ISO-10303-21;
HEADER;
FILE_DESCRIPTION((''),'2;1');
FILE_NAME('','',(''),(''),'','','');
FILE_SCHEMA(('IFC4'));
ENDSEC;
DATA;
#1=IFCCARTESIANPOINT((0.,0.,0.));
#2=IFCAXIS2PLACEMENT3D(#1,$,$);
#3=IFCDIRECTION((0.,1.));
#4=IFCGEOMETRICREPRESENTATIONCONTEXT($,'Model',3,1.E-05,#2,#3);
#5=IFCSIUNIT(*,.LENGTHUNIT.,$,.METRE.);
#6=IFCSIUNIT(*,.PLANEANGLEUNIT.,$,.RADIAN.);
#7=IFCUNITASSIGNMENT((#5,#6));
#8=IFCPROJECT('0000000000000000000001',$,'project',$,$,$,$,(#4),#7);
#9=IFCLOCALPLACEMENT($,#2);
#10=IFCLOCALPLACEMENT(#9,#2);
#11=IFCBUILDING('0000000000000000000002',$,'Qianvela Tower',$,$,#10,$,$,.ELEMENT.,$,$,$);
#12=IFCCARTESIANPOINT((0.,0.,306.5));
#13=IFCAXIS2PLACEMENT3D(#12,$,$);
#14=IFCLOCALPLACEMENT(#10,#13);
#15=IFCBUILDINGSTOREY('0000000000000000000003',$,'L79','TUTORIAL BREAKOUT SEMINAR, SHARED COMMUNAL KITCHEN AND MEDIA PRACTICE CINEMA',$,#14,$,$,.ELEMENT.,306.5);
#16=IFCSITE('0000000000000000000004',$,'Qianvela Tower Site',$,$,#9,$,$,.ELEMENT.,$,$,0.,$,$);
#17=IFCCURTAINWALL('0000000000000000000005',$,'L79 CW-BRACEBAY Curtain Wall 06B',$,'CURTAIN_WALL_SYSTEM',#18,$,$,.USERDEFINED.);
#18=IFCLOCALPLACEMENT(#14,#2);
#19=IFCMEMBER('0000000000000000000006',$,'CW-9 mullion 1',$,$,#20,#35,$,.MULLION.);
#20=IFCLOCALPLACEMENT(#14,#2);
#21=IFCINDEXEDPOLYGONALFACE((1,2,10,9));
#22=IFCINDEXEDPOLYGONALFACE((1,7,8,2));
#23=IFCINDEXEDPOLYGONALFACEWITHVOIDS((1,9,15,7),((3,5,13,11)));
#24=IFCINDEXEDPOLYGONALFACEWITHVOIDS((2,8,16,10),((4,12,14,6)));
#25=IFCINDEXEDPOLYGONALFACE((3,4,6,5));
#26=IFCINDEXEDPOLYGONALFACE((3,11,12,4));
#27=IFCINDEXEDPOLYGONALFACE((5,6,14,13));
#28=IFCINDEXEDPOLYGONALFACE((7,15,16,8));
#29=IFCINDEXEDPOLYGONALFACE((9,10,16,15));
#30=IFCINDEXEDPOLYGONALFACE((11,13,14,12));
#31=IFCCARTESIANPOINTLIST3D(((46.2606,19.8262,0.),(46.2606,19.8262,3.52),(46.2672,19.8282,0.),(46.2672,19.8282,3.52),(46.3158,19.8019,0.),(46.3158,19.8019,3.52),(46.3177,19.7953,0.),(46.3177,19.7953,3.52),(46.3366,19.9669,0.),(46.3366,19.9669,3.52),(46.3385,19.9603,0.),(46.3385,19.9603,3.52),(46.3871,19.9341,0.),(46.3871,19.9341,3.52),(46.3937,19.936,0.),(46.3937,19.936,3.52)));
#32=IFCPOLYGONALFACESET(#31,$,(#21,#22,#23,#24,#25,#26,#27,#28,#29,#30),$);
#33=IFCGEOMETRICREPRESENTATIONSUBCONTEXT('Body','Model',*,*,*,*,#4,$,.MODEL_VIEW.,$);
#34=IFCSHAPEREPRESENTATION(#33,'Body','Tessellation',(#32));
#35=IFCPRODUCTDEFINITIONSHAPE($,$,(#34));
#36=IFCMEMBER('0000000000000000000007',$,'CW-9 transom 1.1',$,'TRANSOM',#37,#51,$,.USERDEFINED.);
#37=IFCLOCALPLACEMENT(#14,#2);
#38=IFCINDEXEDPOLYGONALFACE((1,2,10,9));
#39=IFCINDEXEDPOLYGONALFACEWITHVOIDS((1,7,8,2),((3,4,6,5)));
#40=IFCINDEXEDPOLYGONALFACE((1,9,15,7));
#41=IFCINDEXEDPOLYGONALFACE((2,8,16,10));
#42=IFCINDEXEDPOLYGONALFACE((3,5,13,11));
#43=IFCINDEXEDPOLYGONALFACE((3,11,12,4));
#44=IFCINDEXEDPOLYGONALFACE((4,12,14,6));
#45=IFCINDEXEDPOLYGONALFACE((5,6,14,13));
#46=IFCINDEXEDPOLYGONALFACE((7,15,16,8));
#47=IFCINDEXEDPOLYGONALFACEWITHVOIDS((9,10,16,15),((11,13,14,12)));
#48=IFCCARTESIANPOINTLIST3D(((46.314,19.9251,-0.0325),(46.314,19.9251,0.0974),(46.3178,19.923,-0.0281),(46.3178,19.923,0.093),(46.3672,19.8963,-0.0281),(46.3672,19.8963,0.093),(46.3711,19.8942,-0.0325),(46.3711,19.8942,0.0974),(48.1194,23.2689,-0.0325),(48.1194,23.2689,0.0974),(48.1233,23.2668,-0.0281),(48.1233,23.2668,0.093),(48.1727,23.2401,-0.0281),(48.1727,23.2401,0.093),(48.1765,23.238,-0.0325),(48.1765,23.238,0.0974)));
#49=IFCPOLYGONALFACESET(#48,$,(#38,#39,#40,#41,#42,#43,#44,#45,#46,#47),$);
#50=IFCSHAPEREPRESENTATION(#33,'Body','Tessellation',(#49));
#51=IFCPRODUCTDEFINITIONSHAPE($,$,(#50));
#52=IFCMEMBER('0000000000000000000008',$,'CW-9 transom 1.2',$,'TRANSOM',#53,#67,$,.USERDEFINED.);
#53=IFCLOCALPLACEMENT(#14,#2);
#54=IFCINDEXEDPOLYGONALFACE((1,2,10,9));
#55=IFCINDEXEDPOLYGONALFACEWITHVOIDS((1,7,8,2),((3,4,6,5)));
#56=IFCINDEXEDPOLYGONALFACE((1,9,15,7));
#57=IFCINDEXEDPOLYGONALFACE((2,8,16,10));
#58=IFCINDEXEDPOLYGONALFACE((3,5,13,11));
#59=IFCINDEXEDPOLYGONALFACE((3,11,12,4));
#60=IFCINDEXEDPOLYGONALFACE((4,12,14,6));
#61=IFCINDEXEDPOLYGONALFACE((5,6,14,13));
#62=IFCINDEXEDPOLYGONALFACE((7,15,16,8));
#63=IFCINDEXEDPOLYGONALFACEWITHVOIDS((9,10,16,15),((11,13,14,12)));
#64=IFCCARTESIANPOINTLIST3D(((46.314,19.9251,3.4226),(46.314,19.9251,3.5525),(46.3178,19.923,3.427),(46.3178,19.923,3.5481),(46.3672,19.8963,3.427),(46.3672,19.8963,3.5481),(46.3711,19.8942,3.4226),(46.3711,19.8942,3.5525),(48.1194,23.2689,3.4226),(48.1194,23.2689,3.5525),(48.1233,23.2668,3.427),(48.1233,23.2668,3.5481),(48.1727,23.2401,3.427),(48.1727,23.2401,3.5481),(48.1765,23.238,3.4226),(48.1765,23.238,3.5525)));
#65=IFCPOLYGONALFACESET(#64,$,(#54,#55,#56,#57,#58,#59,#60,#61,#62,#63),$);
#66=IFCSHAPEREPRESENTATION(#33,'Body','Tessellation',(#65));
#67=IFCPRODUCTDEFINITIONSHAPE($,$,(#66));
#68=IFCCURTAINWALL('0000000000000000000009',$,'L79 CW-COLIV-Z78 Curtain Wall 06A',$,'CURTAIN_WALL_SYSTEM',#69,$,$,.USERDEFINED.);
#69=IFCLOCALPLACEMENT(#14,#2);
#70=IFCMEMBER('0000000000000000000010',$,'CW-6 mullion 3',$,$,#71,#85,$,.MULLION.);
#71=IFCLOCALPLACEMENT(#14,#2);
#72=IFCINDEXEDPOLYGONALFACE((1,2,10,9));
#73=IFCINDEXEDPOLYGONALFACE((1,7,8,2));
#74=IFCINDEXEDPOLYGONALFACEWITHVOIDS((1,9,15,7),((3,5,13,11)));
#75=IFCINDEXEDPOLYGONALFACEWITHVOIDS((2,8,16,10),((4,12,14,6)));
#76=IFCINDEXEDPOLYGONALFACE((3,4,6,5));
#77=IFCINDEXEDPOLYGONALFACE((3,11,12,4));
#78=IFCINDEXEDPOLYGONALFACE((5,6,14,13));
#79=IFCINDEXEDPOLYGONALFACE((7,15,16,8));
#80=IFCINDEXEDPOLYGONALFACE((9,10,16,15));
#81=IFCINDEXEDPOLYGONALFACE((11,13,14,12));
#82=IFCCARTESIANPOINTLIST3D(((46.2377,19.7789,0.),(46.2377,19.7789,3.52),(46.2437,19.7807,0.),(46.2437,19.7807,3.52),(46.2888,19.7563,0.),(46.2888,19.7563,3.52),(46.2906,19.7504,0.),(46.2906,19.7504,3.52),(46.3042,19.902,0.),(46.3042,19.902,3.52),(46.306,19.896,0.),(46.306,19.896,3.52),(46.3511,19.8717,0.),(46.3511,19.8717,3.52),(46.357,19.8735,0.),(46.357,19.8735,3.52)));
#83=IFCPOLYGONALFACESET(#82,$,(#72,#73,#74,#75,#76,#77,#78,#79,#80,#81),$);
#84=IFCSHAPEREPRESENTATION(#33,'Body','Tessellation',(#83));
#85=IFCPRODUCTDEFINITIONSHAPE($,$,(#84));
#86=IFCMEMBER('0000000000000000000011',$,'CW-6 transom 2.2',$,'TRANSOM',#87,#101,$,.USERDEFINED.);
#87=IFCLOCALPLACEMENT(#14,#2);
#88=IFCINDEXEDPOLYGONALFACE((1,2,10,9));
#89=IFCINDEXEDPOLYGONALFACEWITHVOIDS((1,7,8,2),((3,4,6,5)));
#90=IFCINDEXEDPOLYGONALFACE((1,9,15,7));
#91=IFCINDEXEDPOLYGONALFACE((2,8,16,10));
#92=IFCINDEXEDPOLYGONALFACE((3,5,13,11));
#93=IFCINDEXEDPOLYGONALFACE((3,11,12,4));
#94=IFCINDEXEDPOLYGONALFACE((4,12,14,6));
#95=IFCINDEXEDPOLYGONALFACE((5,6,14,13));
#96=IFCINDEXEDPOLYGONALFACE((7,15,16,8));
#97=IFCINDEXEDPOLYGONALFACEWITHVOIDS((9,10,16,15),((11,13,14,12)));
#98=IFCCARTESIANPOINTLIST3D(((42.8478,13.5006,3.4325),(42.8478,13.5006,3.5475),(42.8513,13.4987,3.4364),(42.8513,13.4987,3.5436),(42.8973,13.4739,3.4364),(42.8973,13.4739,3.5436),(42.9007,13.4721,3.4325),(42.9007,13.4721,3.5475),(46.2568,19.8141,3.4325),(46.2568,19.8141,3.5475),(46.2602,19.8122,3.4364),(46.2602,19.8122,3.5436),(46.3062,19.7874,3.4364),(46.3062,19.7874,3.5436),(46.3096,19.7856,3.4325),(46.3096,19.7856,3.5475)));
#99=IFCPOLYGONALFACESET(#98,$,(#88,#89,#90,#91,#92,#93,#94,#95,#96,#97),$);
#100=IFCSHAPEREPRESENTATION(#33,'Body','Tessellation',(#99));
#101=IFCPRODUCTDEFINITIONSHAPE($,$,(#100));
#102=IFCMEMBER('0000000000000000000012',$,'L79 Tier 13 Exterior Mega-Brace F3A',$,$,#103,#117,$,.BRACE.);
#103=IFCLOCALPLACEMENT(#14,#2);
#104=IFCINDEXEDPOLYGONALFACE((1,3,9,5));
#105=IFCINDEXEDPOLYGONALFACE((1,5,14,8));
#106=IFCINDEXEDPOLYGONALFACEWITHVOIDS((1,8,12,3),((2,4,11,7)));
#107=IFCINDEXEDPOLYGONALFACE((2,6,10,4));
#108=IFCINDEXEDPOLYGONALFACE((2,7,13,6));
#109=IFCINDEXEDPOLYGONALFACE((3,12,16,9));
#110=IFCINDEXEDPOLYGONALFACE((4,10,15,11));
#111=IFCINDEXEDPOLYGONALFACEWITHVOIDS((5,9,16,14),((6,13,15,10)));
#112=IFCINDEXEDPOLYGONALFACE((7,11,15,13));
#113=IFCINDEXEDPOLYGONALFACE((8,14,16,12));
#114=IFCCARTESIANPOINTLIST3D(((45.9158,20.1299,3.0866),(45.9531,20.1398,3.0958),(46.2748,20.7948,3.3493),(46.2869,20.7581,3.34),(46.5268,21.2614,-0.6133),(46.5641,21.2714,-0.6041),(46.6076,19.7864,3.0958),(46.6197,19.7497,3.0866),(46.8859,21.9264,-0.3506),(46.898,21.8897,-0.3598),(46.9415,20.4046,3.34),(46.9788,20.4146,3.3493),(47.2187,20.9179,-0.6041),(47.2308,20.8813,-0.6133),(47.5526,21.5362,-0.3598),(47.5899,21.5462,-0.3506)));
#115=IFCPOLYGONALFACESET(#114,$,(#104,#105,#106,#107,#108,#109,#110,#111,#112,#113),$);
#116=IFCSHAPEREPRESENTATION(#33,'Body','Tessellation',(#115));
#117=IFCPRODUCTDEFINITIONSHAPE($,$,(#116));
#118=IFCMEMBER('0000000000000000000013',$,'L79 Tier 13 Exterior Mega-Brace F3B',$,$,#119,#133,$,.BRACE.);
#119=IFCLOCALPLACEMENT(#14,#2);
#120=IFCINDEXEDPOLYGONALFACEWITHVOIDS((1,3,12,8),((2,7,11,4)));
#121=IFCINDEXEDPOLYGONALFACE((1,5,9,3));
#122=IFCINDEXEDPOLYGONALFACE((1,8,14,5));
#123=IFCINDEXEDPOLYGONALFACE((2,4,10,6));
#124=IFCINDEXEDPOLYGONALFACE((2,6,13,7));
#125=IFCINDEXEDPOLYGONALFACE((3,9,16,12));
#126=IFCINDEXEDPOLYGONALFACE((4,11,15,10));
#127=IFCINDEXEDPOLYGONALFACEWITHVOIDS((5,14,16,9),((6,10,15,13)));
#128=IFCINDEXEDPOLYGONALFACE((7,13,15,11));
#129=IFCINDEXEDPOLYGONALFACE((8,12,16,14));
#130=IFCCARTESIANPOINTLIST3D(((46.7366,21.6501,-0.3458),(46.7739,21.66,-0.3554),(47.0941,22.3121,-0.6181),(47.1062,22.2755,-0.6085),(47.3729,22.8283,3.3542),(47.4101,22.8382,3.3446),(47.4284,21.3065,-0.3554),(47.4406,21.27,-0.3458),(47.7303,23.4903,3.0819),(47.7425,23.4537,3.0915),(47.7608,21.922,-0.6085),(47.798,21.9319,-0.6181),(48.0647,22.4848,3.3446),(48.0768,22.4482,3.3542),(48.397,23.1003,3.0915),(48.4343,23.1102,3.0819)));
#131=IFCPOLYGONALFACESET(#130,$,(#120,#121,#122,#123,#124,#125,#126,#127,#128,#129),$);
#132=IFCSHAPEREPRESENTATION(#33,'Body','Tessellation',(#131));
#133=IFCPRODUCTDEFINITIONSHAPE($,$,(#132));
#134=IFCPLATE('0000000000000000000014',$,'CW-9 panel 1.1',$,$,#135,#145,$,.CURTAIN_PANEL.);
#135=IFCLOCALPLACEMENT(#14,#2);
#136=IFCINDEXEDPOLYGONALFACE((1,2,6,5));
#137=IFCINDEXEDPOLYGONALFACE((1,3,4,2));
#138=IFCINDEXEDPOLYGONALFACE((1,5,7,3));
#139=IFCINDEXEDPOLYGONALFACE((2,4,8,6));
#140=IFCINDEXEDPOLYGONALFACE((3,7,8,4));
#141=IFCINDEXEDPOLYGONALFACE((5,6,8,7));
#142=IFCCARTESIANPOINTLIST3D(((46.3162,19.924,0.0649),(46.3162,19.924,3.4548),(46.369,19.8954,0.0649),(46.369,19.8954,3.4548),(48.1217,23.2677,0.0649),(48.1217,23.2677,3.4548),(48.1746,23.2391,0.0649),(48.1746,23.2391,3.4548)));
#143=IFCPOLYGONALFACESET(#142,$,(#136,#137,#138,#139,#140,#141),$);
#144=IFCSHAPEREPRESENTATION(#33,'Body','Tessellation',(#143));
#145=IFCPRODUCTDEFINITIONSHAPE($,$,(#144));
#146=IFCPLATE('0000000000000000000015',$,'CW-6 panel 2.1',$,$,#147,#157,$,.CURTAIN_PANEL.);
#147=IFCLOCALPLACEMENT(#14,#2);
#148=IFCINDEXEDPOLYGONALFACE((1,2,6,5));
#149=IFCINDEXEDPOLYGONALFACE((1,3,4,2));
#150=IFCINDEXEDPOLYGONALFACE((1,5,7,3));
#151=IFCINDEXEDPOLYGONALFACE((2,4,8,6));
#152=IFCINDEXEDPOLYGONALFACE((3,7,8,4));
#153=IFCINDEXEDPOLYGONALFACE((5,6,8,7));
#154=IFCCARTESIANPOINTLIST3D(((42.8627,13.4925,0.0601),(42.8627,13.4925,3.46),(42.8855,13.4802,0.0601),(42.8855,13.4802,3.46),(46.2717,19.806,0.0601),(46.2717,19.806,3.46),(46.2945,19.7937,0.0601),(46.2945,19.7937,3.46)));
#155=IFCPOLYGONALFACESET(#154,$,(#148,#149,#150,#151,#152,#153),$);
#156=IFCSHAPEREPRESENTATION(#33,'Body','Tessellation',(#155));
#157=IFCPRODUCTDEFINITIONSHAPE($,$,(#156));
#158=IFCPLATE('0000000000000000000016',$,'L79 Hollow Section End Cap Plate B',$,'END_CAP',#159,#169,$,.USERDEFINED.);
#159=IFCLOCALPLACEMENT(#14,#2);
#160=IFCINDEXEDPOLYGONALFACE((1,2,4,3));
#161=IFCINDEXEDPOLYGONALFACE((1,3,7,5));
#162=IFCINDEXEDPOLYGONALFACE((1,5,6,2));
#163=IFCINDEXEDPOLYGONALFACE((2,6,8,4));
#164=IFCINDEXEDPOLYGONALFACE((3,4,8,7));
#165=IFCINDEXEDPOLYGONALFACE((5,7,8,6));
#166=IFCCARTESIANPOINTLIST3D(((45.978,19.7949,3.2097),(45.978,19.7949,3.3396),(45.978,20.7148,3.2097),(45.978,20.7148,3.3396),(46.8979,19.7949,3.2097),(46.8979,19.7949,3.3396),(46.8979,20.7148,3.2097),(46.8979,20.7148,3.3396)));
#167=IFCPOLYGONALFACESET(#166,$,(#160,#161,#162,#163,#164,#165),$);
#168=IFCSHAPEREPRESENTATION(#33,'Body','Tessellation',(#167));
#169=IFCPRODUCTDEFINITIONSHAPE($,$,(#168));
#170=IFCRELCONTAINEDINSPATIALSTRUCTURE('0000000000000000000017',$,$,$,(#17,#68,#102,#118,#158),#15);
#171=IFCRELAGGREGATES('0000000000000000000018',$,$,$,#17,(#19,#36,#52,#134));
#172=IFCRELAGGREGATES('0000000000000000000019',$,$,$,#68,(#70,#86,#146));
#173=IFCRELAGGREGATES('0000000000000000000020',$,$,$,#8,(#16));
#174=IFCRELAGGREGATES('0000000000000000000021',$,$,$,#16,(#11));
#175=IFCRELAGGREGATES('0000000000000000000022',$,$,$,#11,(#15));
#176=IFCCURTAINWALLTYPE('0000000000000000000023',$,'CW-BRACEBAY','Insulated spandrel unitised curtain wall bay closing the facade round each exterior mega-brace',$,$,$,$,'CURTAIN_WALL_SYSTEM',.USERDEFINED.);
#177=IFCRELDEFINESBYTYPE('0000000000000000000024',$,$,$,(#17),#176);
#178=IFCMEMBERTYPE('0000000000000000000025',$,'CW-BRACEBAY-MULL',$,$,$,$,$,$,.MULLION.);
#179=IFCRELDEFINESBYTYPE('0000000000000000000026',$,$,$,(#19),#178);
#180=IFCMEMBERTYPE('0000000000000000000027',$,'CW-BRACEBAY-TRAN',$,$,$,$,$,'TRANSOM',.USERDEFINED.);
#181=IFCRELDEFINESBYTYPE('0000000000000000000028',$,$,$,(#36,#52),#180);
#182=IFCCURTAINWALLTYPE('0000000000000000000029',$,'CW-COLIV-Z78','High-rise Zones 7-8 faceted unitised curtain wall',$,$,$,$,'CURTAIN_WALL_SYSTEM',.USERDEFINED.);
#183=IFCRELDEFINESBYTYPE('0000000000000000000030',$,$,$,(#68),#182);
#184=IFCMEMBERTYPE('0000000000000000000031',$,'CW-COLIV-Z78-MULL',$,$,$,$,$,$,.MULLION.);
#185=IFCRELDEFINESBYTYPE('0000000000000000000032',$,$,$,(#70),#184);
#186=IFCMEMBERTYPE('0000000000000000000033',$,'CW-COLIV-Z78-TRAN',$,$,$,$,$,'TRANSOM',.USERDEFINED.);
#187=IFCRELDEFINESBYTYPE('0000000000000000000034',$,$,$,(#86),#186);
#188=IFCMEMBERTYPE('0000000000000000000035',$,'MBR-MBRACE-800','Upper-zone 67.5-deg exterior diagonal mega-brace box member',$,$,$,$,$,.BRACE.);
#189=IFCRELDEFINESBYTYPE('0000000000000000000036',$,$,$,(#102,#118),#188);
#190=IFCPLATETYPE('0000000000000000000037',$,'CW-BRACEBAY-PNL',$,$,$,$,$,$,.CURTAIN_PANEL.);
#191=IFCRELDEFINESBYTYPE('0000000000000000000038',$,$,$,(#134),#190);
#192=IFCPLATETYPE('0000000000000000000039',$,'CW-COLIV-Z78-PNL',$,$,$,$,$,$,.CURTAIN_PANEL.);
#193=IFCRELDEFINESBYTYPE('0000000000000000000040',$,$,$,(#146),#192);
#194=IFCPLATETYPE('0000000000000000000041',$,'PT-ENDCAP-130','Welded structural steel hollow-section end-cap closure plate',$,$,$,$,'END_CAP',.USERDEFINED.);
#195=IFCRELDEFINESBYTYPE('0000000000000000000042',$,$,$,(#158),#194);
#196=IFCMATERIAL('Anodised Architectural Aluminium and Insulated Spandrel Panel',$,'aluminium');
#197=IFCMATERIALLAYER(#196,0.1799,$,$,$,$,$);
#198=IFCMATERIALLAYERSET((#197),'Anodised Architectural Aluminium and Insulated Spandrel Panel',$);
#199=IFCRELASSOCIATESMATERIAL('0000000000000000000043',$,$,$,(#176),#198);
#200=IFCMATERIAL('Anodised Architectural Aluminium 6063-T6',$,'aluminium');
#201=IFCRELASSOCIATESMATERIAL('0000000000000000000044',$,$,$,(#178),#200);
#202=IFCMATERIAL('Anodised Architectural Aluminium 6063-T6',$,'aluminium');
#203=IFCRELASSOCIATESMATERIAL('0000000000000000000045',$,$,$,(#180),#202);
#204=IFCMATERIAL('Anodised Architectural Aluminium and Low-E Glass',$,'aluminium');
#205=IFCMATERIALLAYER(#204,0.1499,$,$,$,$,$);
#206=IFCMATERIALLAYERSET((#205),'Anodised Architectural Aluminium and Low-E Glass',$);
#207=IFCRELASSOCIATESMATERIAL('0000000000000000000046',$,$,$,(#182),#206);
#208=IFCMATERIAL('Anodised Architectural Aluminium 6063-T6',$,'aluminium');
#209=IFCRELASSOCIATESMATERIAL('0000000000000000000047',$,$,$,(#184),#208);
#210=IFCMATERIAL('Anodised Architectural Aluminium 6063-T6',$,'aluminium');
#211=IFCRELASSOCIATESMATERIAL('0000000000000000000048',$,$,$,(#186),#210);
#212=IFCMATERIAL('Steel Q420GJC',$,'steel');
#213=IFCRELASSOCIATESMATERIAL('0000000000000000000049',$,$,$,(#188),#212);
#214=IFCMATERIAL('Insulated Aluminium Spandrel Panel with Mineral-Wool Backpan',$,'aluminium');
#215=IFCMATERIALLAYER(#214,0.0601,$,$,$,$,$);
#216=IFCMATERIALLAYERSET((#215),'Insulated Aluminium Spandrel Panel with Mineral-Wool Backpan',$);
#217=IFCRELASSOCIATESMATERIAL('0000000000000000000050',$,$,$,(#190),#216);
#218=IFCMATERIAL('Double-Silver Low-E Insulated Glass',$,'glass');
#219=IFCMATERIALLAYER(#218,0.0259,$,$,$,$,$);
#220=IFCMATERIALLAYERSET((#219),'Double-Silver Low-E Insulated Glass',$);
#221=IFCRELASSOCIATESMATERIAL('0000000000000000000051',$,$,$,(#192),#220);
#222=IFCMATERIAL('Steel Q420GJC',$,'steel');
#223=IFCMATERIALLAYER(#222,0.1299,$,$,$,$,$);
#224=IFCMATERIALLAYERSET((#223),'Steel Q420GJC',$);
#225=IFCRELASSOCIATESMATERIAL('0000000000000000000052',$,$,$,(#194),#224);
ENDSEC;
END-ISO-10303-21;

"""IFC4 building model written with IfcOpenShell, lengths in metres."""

from ifc_helpers import new_model, si_unit, direction, frame, origin, origin_2d, place, context, subcontext, project, spatial, rectangle, hollow_rectangle, extrude, material, layer, layer_set, material_profile, profile_set, type_object, element, aggregate, save


model = new_model("IFC4")

# Units and contexts
model_context = context("Model", 3, precision=1e-05, world=origin(), true_north=direction((0.0, 1.0)))
body_context = subcontext(model_context, "Body", "Model", "MODEL_VIEW")
ifc_project = project(units=[si_unit("LENGTHUNIT", "METRE"), si_unit("PLANEANGLEUNIT", "RADIAN")], contexts=[model_context])

# Site, building, storey
site_placement = place(None, origin())
site = spatial("IfcSite", under=ifc_project, at=site_placement, Name="Qianvela Tower Site", CompositionType="ELEMENT", RefElevation=0.0)
building_placement = place(site_placement, origin())
building = spatial("IfcBuilding", under=site, at=building_placement, Name="Qianvela Tower", CompositionType="ELEMENT")
storey_placement = place(building_placement, frame((0.0, 0.0, 306.5)))
storey = spatial("IfcBuildingStorey", under=building, at=storey_placement, Name="L79", Description="TUTORIAL BREAKOUT SEMINAR, SHARED COMMUNAL KITCHEN AND MEDIA PRACTICE CINEMA", CompositionType="ELEMENT", Elevation=306.5)

# Curtain walls, members
ifc_material_1 = material(Name="Anodised Architectural Aluminium and Insulated Spandrel Panel", Category="aluminium")
ifc_layer_1 = layer(ifc_material_1, 0.1799)
ifc_layer_set_1 = layer_set([ifc_layer_1], Name="Anodised Architectural Aluminium and Insulated Spandrel Panel")
curtain_wall_type_1 = type_object("IfcCurtainWallType", Name="CW-BRACEBAY", Description="Insulated spandrel unitised curtain wall bay closing the facade round each exterior mega-brace", ElementType="CURTAIN_WALL_SYSTEM", PredefinedType="USERDEFINED", material=ifc_layer_set_1)
curtain_wall_1_placement = place(storey_placement, origin())
curtain_wall_1 = element("IfcCurtainWall", 1, at=curtain_wall_1_placement, inside=storey, type_object=curtain_wall_type_1, Name="L79 CW-BRACEBAY Curtain Wall 06B", ObjectType="CURTAIN_WALL_SYSTEM", PredefinedType="USERDEFINED")
ifc_material_2 = material(Name="Anodised Architectural Aluminium 6063-T6", Category="aluminium")
ifc_material_profile_1 = material_profile(ifc_material_2, hollow_rectangle(XDim=0.0649, YDim=0.1599, WallThickness=0.0049, at=origin_2d()), Name="ALU-MULL-65x160")
ifc_profile_set_1 = profile_set([ifc_material_profile_1], Name="Anodised Architectural Aluminium 6063-T6")
member_type_1 = type_object("IfcMemberType", Name="CW-BRACEBAY-MULL", PredefinedType="MULLION", material=ifc_profile_set_1)
member_1_placement = place(storey_placement, frame((46.3271, 19.8811, 0.0), z_axis=(0.0, 0.0, 1.0), x_axis=(-0.879908, 0.475145, 0.0)))
member_1 = element("IfcMember", 2, at=member_1_placement, type_object=member_type_1, Name="CW-9 mullion 1", PredefinedType="MULLION", context=body_context, shape_type="SweptSolid", body=[
    extrude(hollow_rectangle(XDim=0.0649, YDim=0.1599, WallThickness=0.0049, at=origin_2d()), origin(), (0.0, 0.0, 1.0), 3.52),
])
ifc_material_3 = material(Name="Anodised Architectural Aluminium 6063-T6", Category="aluminium")
ifc_material_profile_2 = material_profile(ifc_material_3, hollow_rectangle(XDim=0.0649, YDim=0.1299, WallThickness=0.0044, at=origin_2d()), Name="ALU-TRAN-65x130")
ifc_profile_set_2 = profile_set([ifc_material_profile_2], Name="Anodised Architectural Aluminium 6063-T6")
member_type_2 = type_object("IfcMemberType", Name="CW-BRACEBAY-TRAN", ElementType="TRANSOM", PredefinedType="USERDEFINED", material=ifc_profile_set_2)
member_2_placement = place(storey_placement, frame((46.3425, 19.9097, 0.0325), z_axis=(0.475107, 0.879928, 0.0), x_axis=(-0.879928, 0.475107, 0.0)))
member_2 = element("IfcMember", 3, at=member_2_placement, type_object=member_type_2, Name="CW-9 transom 1.1", ObjectType="TRANSOM", PredefinedType="USERDEFINED", context=body_context, shape_type="SweptSolid", body=[
    extrude(hollow_rectangle(XDim=0.0649, YDim=0.1299, WallThickness=0.0044, at=origin_2d()), origin(), (0.0, 0.0, 1.0), 3.8),
])
member_3_placement = place(storey_placement, frame((46.3425, 19.9097, 3.4875), z_axis=(0.475107, 0.879928, 0.0), x_axis=(-0.879928, 0.475107, 0.0)))
member_3 = element("IfcMember", 4, at=member_3_placement, type_object=member_type_2, Name="CW-9 transom 1.2", ObjectType="TRANSOM", PredefinedType="USERDEFINED", context=body_context, shape_type="SweptSolid", body=[
    extrude(hollow_rectangle(XDim=0.0649, YDim=0.1299, WallThickness=0.0044, at=origin_2d()), origin(), (0.0, 0.0, 1.0), 3.8),
])
ifc_material_4 = material(Name="Anodised Architectural Aluminium and Low-E Glass", Category="aluminium")
ifc_layer_2 = layer(ifc_material_4, 0.1499)
ifc_layer_set_2 = layer_set([ifc_layer_2], Name="Anodised Architectural Aluminium and Low-E Glass")
curtain_wall_type_2 = type_object("IfcCurtainWallType", Name="CW-COLIV-Z78", Description="High-rise Zones 7-8 faceted unitised curtain wall", ElementType="CURTAIN_WALL_SYSTEM", PredefinedType="USERDEFINED", material=ifc_layer_set_2)
curtain_wall_2_placement = place(storey_placement, origin())
curtain_wall_2 = element("IfcCurtainWall", 5, at=curtain_wall_2_placement, inside=storey, type_object=curtain_wall_type_2, Name="L79 CW-COLIV-Z78 Curtain Wall 06A", ObjectType="CURTAIN_WALL_SYSTEM", PredefinedType="USERDEFINED")
ifc_material_5 = material(Name="Anodised Architectural Aluminium 6063-T6", Category="aluminium")
ifc_material_profile_3 = material_profile(ifc_material_5, hollow_rectangle(XDim=0.0601, YDim=0.1399, WallThickness=0.0044, at=origin_2d()), Name="ALU-MULL-60x140")
ifc_profile_set_3 = profile_set([ifc_material_profile_3], Name="Anodised Architectural Aluminium 6063-T6")
member_type_3 = type_object("IfcMemberType", Name="CW-COLIV-Z78-MULL", PredefinedType="MULLION", material=ifc_profile_set_3)
member_4_placement = place(storey_placement, frame((46.2974, 19.8262, 0.0), z_axis=(0.0, 0.0, 1.0), x_axis=(-0.879924, 0.475114, 0.0)))
member_4 = element("IfcMember", 6, at=member_4_placement, type_object=member_type_3, Name="CW-6 mullion 3", PredefinedType="MULLION", context=body_context, shape_type="SweptSolid", body=[
    extrude(hollow_rectangle(XDim=0.0601, YDim=0.1399, WallThickness=0.0044, at=origin_2d()), origin(), (0.0, 0.0, 1.0), 3.52),
])
ifc_material_6 = material(Name="Anodised Architectural Aluminium 6063-T6", Category="aluminium")
ifc_material_profile_4 = material_profile(ifc_material_6, hollow_rectangle(XDim=0.0601, YDim=0.115, WallThickness=0.0039, at=origin_2d()), Name="ALU-TRAN-60x115")
ifc_profile_set_4 = profile_set([ifc_material_profile_4], Name="Anodised Architectural Aluminium 6063-T6")
member_type_4 = type_object("IfcMemberType", Name="CW-COLIV-Z78-TRAN", ElementType="TRANSOM", PredefinedType="USERDEFINED", material=ifc_profile_set_4)
member_5_placement = place(storey_placement, frame((42.8743, 13.4863, 3.49), z_axis=(0.475112, 0.879925, 0.0), x_axis=(-0.879925, 0.475112, 0.0)))
member_5 = element("IfcMember", 7, at=member_5_placement, type_object=member_type_4, Name="CW-6 transom 2.2", ObjectType="TRANSOM", PredefinedType="USERDEFINED", context=body_context, shape_type="SweptSolid", body=[
    extrude(hollow_rectangle(XDim=0.0601, YDim=0.115, WallThickness=0.0039, at=origin_2d()), origin(), (0.0, 0.0, 1.0), 7.175),
])

# Members
ifc_material_7 = material(Name="Steel Q420GJC", Category="steel")
ifc_material_profile_5 = material_profile(ifc_material_7, hollow_rectangle(XDim=0.8, YDim=0.8, WallThickness=0.0281, at=origin_2d()), Name="MBOX-800x800x28")
ifc_profile_set_5 = profile_set([ifc_material_profile_5], Name="Steel Q420GJC")
member_type_5 = type_object("IfcMemberType", Name="MBR-MBRACE-800", Description="Upper-zone 67.5-deg exterior diagonal mega-brace box member", PredefinedType="BRACE", material=ifc_profile_set_5)
member_6_placement = place(storey_placement, frame((47.0583, 21.4038, -0.4819), z_axis=(-0.156005, -0.288886, 0.944567), x_axis=(0.879897, -0.475164, 0.0)))
element("IfcMember", 8, at=member_6_placement, inside=storey, type_object=member_type_5, Name="L79 Tier 13 Exterior Mega-Brace F3A", PredefinedType="BRACE", context=body_context, shape_type="SweptSolid", body=[
    extrude(hollow_rectangle(XDim=0.8, YDim=0.8, WallThickness=0.0281, at=origin_2d()), origin(), (0.0, 0.0, 1.0), 3.917),
])
member_7_placement = place(storey_placement, frame((47.2673, 21.791, -0.4819), z_axis=(0.161693, 0.299437, 0.940315), x_axis=(-0.879908, 0.475143, 0.0)))
element("IfcMember", 9, at=member_7_placement, inside=storey, type_object=member_type_5, Name="L79 Tier 13 Exterior Mega-Brace F3B", PredefinedType="BRACE", context=body_context, shape_type="SweptSolid", body=[
    extrude(hollow_rectangle(XDim=0.8, YDim=0.8, WallThickness=0.0281, at=origin_2d()), origin(), (0.0, 0.0, 1.0), 3.9348),
])

# Plates
ifc_material_8 = material(Name="Insulated Aluminium Spandrel Panel with Mineral-Wool Backpan", Category="aluminium")
ifc_layer_3 = layer(ifc_material_8, 0.0601)
ifc_layer_set_3 = layer_set([ifc_layer_3], Name="Insulated Aluminium Spandrel Panel with Mineral-Wool Backpan")
plate_type_1 = type_object("IfcPlateType", Name="CW-BRACEBAY-PNL", PredefinedType="CURTAIN_PANEL", material=ifc_layer_set_3)
plate_1_placement = place(storey_placement, frame((47.2454, 21.5815, 0.0649), z_axis=(0.0, 0.0, 1.0), x_axis=(0.475145, 0.879908, 0.0)))
plate_1 = element("IfcPlate", 10, at=plate_1_placement, type_object=plate_type_1, Name="CW-9 panel 1.1", PredefinedType="CURTAIN_PANEL", context=body_context, shape_type="SweptSolid", body=[
    extrude(rectangle(XDim=3.8, YDim=0.0601, at=origin_2d()), origin(), (0.0, 0.0, 1.0), 3.3899),
])
aggregate(curtain_wall_1, [member_1, member_2, member_3, plate_1])
ifc_material_9 = material(Name="Double-Silver Low-E Insulated Glass", Category="glass")
ifc_layer_4 = layer(ifc_material_9, 0.0259)
ifc_layer_set_4 = layer_set([ifc_layer_4], Name="Double-Silver Low-E Insulated Glass")
plate_type_2 = type_object("IfcPlateType", Name="CW-COLIV-Z78-PNL", PredefinedType="CURTAIN_PANEL", material=ifc_layer_set_4)
plate_2_placement = place(storey_placement, frame((44.5786, 16.6431, 0.0601), z_axis=(0.0, 0.0, 1.0), x_axis=(0.475114, 0.879924, 0.0)))
plate_2 = element("IfcPlate", 11, at=plate_2_placement, type_object=plate_type_2, Name="CW-6 panel 2.1", PredefinedType="CURTAIN_PANEL", context=body_context, shape_type="SweptSolid", body=[
    extrude(rectangle(XDim=7.175, YDim=0.0259, at=origin_2d()), origin(), (0.0, 0.0, 1.0), 3.3999),
])
aggregate(curtain_wall_2, [member_4, member_5, plate_2])
ifc_material_10 = material(Name="Steel Q420GJC", Category="steel")
ifc_layer_5 = layer(ifc_material_10, 0.1299)
ifc_layer_set_5 = layer_set([ifc_layer_5], Name="Steel Q420GJC")
plate_type_3 = type_object("IfcPlateType", Name="PT-ENDCAP-130", Description="Welded structural steel hollow-section end-cap closure plate", ElementType="END_CAP", PredefinedType="USERDEFINED", material=ifc_layer_set_5)
plate_3_placement = place(storey_placement, frame((46.438, 20.2549, 3.2097), z_axis=(0.0, 0.0, 1.0), x_axis=(1.0, 0.0, 0.0)))
element("IfcPlate", 12, at=plate_3_placement, inside=storey, type_object=plate_type_3, Name="L79 Hollow Section End Cap Plate B", ObjectType="END_CAP", PredefinedType="USERDEFINED", context=body_context, shape_type="SweptSolid", body=[
    extrude(rectangle(XDim=0.9199, YDim=0.9199, at=origin_2d()), origin(), (0.0, 0.0, 1.0), 0.1299),
])

save(model, "model.ifc")
